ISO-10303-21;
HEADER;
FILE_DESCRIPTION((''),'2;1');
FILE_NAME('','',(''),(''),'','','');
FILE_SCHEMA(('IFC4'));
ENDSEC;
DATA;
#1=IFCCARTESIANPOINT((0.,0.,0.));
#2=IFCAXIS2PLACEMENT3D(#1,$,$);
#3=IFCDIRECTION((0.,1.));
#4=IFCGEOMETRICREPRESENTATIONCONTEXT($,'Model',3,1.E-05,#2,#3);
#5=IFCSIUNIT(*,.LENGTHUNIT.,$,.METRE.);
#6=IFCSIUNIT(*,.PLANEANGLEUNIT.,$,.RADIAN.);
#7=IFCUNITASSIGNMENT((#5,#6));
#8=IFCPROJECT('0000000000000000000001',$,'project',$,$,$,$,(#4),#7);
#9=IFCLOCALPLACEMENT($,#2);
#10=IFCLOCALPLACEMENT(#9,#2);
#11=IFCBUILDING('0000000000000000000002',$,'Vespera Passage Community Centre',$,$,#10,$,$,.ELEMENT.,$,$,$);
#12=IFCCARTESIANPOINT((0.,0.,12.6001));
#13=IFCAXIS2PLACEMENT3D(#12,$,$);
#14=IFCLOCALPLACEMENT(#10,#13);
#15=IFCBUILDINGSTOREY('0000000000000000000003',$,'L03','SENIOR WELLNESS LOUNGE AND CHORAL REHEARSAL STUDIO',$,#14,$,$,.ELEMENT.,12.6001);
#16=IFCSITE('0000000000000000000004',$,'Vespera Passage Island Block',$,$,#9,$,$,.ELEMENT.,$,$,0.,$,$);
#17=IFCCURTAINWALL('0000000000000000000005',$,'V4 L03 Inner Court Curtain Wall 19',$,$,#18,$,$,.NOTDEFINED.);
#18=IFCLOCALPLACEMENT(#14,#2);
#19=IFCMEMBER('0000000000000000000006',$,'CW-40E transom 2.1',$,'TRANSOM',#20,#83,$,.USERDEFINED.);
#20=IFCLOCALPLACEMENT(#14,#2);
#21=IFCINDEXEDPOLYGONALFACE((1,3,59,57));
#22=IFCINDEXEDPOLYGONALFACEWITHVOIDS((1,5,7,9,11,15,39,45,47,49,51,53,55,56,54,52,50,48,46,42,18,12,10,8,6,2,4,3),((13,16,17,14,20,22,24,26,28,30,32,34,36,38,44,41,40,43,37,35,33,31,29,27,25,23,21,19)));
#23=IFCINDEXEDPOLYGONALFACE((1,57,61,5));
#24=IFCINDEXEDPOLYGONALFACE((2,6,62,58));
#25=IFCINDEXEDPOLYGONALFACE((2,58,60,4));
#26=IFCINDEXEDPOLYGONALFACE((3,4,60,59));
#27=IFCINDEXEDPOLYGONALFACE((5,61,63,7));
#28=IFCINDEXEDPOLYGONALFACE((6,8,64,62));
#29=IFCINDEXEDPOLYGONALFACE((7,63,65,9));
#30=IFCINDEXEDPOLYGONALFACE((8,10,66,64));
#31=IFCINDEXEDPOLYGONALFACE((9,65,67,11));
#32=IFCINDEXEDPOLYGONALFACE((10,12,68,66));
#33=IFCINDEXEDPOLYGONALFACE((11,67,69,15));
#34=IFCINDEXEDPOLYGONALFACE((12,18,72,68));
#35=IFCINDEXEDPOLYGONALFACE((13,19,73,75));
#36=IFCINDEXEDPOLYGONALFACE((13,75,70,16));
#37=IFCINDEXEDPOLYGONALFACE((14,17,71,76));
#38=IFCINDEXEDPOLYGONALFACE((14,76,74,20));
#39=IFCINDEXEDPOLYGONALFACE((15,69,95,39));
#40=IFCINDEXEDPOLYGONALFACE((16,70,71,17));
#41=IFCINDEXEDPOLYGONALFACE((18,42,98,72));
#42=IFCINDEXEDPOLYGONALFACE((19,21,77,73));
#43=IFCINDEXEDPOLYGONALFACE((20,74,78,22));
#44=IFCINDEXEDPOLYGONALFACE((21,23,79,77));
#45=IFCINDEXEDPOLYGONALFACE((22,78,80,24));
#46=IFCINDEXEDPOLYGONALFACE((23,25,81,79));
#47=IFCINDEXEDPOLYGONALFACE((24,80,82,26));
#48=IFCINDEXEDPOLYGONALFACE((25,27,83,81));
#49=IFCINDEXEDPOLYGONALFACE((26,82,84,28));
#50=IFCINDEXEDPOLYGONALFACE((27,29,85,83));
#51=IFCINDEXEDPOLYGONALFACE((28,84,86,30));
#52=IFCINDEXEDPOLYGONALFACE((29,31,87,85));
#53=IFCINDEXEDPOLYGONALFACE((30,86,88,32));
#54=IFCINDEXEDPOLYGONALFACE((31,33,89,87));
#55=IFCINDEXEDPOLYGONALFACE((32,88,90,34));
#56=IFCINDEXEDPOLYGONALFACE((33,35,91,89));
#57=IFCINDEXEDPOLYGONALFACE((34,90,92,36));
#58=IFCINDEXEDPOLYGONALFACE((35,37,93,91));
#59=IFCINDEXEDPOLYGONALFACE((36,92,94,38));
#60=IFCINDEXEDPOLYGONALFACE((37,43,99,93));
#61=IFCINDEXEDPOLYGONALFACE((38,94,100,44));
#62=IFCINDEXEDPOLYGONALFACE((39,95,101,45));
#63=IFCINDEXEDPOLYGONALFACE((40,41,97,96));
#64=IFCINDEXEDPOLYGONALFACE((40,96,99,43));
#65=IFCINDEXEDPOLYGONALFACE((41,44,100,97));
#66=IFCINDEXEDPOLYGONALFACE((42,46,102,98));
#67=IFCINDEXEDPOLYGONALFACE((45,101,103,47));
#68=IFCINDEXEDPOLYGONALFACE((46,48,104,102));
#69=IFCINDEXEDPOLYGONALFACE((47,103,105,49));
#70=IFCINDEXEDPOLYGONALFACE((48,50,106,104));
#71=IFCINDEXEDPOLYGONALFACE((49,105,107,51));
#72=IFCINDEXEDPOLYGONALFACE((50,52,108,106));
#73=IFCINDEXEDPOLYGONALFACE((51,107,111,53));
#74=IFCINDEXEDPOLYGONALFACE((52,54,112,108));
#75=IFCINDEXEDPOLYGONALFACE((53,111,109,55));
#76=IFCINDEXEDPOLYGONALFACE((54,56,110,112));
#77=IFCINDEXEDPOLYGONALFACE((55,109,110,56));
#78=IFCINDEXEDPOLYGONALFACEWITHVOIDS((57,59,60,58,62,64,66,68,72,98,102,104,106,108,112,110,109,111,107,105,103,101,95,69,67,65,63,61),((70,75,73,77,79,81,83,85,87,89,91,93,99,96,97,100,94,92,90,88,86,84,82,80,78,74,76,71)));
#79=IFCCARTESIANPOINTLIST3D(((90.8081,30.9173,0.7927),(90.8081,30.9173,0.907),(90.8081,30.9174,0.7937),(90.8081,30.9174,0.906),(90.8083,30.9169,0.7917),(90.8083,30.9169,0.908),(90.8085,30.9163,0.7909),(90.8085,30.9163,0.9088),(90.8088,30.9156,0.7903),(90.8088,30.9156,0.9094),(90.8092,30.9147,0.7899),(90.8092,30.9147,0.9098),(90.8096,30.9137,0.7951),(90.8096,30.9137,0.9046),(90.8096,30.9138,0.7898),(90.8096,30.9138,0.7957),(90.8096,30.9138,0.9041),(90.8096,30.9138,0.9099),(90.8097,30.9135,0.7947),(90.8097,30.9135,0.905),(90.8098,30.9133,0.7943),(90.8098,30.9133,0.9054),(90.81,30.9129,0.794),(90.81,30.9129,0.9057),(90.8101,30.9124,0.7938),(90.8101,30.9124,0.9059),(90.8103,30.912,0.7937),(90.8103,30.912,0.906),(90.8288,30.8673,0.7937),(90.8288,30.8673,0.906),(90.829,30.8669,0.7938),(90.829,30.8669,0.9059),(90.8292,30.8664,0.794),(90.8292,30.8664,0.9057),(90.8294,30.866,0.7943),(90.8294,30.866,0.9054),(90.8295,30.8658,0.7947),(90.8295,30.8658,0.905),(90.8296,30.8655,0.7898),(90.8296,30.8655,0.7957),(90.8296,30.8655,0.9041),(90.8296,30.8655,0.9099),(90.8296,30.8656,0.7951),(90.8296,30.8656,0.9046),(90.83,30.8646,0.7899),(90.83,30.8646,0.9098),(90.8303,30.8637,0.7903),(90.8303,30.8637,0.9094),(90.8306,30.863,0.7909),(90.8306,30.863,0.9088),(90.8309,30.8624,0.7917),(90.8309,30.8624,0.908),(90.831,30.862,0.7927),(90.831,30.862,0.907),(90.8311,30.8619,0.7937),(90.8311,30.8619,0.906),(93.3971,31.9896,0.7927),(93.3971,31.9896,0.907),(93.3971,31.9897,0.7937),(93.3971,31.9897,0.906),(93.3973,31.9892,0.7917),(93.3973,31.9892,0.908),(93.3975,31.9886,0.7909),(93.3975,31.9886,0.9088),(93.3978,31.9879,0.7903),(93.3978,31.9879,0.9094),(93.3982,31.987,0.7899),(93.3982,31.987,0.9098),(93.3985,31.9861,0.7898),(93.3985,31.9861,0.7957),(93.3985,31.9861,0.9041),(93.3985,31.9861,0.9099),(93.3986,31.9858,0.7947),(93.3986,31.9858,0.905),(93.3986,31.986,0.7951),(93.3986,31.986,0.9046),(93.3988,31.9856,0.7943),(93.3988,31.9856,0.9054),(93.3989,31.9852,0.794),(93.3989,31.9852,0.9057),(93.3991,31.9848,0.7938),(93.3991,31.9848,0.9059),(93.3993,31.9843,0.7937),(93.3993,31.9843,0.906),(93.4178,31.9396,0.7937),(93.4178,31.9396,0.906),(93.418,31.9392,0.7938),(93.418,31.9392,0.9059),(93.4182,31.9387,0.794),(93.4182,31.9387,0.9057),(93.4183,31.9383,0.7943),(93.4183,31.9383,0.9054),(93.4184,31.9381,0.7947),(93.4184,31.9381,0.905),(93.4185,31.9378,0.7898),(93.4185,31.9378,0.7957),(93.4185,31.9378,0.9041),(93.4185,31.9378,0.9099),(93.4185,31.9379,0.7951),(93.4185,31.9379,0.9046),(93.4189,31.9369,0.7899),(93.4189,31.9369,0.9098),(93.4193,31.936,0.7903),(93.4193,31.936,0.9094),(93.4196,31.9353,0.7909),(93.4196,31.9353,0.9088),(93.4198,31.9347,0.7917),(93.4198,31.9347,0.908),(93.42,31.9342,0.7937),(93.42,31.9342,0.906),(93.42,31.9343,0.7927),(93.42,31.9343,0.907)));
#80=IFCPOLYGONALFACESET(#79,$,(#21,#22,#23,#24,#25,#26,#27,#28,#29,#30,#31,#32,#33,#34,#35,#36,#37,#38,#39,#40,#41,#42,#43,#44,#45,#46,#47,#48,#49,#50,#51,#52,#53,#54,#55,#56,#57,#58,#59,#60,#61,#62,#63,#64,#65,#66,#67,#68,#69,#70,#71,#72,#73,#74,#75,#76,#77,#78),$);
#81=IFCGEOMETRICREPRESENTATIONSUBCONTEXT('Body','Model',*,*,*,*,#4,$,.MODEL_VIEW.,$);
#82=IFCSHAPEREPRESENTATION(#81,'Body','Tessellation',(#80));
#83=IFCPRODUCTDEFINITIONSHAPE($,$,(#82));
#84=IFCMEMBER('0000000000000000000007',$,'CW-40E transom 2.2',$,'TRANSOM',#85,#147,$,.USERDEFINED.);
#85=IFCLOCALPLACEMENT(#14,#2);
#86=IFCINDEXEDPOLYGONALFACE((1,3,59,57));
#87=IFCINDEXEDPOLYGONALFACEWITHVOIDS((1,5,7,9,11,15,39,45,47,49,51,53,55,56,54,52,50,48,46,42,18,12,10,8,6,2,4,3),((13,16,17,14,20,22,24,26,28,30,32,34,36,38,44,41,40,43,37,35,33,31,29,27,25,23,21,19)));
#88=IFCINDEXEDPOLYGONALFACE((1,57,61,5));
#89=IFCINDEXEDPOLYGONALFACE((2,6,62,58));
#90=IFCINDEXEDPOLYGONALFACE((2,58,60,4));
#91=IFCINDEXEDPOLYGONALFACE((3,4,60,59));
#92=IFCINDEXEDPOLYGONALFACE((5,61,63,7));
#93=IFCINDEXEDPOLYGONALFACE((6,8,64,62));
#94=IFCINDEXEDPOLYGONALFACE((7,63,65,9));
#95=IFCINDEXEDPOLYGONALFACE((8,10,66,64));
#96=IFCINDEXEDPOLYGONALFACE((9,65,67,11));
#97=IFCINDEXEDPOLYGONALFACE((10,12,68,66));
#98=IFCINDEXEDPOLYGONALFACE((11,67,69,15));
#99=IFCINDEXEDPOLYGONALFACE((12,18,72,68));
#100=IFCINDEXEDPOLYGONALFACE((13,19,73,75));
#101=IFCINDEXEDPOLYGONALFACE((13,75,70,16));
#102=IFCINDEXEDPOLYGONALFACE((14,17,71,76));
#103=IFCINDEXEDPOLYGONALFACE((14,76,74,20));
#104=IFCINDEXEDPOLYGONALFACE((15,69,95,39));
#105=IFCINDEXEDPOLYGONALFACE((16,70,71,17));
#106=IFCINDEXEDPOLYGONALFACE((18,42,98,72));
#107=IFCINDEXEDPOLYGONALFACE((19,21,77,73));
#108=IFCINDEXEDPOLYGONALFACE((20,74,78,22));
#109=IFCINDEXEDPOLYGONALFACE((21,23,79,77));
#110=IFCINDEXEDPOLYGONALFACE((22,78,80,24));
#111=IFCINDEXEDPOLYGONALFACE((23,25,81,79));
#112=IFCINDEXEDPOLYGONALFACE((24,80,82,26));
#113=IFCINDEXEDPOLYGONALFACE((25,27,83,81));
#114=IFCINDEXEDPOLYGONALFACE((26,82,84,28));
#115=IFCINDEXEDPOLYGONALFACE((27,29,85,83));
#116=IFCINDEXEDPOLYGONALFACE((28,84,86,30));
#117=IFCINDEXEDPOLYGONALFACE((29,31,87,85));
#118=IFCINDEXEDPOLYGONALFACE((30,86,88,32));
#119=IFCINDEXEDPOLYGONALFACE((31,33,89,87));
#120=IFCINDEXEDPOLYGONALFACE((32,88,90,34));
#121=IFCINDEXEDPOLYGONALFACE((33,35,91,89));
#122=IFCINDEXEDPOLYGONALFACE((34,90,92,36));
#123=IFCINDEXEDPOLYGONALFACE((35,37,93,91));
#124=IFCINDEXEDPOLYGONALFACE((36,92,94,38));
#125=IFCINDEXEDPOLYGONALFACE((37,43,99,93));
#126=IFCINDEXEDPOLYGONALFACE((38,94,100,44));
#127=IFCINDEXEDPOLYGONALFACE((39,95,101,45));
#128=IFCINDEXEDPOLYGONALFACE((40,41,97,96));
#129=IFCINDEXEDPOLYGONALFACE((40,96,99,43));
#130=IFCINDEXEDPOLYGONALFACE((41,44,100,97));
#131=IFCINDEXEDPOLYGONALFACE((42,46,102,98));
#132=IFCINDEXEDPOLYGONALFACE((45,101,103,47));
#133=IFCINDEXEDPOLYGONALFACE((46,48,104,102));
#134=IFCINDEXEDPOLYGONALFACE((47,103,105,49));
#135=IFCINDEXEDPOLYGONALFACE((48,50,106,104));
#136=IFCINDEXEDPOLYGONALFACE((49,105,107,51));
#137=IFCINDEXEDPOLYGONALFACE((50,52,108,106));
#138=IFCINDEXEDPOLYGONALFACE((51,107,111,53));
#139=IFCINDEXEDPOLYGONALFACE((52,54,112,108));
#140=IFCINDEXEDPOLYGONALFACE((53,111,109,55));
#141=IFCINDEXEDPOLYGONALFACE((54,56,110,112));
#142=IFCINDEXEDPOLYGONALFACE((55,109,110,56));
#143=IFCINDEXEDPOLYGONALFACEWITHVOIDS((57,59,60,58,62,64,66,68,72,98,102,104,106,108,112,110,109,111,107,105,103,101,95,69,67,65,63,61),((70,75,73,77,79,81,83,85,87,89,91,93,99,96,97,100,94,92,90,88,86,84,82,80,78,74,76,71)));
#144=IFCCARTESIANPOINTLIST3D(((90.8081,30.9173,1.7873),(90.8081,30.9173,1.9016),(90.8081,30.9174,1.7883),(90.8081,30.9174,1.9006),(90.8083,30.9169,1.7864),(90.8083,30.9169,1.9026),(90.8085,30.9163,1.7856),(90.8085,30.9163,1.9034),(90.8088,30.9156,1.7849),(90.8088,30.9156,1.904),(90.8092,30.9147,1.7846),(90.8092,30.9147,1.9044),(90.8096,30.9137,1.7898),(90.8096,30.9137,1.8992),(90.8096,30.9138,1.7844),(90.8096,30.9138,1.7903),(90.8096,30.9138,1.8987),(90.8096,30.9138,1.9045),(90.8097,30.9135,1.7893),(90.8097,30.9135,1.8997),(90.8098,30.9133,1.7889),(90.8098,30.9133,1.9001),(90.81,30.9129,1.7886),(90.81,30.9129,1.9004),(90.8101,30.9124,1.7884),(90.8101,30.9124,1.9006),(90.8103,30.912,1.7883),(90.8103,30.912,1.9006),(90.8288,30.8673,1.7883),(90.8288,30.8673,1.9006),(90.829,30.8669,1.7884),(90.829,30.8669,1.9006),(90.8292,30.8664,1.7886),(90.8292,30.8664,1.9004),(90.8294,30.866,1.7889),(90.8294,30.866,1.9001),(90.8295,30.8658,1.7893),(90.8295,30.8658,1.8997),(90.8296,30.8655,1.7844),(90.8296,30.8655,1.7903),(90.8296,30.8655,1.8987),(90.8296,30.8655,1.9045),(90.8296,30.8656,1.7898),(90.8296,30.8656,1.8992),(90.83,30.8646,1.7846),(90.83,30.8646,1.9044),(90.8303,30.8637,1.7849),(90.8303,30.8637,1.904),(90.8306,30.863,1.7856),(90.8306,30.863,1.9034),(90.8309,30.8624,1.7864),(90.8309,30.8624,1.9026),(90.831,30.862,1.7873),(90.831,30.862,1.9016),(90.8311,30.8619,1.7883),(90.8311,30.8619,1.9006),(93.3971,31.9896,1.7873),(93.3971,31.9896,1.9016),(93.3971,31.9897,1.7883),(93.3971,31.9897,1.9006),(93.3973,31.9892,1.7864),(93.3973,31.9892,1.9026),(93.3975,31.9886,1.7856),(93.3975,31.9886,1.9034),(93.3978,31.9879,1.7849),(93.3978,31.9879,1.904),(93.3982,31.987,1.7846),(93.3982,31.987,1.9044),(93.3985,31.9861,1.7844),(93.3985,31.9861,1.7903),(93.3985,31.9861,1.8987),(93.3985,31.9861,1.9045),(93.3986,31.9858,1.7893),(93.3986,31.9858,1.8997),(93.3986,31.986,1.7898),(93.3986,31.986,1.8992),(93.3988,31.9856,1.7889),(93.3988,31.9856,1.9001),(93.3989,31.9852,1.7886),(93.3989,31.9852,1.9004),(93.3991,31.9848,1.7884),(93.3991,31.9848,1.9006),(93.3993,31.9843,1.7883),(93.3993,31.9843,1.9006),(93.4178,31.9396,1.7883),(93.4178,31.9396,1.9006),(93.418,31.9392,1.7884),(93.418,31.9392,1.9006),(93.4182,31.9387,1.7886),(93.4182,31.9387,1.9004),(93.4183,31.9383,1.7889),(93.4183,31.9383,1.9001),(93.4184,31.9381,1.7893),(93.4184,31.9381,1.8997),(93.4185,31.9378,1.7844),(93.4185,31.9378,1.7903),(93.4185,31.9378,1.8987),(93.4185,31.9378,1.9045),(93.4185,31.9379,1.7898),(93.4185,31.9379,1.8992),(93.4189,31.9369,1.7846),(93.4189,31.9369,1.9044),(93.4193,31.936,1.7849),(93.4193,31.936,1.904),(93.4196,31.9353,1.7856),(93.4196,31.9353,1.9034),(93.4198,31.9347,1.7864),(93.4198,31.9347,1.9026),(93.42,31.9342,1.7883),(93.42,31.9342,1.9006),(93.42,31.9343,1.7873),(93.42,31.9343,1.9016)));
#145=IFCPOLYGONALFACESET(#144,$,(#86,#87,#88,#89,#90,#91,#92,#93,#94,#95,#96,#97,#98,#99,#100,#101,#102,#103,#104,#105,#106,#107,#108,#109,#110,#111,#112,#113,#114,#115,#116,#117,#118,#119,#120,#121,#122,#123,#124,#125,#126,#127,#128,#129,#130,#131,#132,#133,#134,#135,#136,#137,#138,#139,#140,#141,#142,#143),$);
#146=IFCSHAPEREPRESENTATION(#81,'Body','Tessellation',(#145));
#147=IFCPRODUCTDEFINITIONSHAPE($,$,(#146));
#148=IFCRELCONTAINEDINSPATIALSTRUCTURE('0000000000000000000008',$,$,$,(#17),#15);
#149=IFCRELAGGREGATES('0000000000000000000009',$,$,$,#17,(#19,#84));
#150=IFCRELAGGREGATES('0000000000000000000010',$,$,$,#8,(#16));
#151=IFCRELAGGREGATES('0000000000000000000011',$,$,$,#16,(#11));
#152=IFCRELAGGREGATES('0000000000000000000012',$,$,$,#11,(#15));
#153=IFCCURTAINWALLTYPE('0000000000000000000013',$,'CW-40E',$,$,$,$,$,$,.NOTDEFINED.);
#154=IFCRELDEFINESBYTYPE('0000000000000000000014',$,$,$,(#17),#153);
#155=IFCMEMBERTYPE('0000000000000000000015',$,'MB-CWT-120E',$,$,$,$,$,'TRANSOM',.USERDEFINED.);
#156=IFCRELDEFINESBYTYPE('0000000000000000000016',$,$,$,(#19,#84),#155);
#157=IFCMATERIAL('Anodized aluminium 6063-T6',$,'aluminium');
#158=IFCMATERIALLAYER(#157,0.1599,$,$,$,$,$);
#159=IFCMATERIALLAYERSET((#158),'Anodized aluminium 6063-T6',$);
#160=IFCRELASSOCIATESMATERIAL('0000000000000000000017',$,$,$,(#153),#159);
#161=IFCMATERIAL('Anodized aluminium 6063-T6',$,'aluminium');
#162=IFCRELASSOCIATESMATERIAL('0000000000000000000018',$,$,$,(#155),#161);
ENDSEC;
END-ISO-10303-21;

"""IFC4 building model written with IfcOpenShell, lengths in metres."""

from ifc_helpers import new_model, si_unit, direction, frame, origin, origin_2d, place, context, subcontext, project, spatial, hollow_rectangle, extrude, material, layer, layer_set, material_profile, profile_set, type_object, element, aggregate, save


model = new_model("IFC4")

# Units and contexts
model_context = context("Model", 3, precision=1e-05, world=origin(), true_north=direction((0.0, 1.0)))
body_context = subcontext(model_context, "Body", "Model", "MODEL_VIEW")
ifc_project = project(units=[si_unit("LENGTHUNIT", "METRE"), si_unit("PLANEANGLEUNIT", "RADIAN")], contexts=[model_context])

# Site, building, storey
site_placement = place(None, origin())
site = spatial("IfcSite", under=ifc_project, at=site_placement, Name="Vespera Passage Island Block", CompositionType="ELEMENT", RefElevation=0.0)
building_placement = place(site_placement, origin())
building = spatial("IfcBuilding", under=site, at=building_placement, Name="Vespera Passage Community Centre", CompositionType="ELEMENT")
storey_placement = place(building_placement, frame((0.0, 0.0, 12.6001)))
storey = spatial("IfcBuildingStorey", under=building, at=storey_placement, Name="L03", Description="SENIOR WELLNESS LOUNGE AND CHORAL REHEARSAL STUDIO", CompositionType="ELEMENT", Elevation=12.6001)

# Curtain wall
ifc_material_1 = material(Name="Anodized aluminium 6063-T6", Category="aluminium")
ifc_layer_1 = layer(ifc_material_1, 0.1599)
ifc_layer_set_1 = layer_set([ifc_layer_1], Name="Anodized aluminium 6063-T6")
curtain_wall_type = type_object("IfcCurtainWallType", Name="CW-40E", PredefinedType="NOTDEFINED", material=ifc_layer_set_1)
curtain_wall_1_placement = place(storey_placement, origin())
curtain_wall_1 = element("IfcCurtainWall", 1, at=curtain_wall_1_placement, inside=storey, type_object=curtain_wall_type, Name="V4 L03 Inner Court Curtain Wall 19", PredefinedType="NOTDEFINED")

# Members
ifc_material_2 = material(Name="Anodized aluminium 6063-T6", Category="aluminium")
ifc_material_profile_1 = material_profile(ifc_material_2, hollow_rectangle(XDim=0.0601, YDim=0.1201, WallThickness=0.0039, InnerFilletRadius=0.002, OuterFilletRadius=0.0039, at=origin_2d()), Name="ALU120X60X4")
ifc_profile_set_1 = profile_set([ifc_material_profile_1], Name="Anodized aluminium 6063-T6")
member_type_1 = type_object("IfcMemberType", Name="MB-CWT-120E", ElementType="TRANSOM", PredefinedType="USERDEFINED", material=ifc_profile_set_1)
member_1_placement = place(storey_placement, frame((90.8196, 30.8896, 0.8499), z_axis=(0.923889, 0.38266, 0.0), x_axis=(-0.38266, 0.923889, 0.0)))
member_1 = element("IfcMember", 2, at=member_1_placement, type_object=member_type_1, Name="CW-40E transom 2.1", ObjectType="TRANSOM", PredefinedType="USERDEFINED", context=body_context, shape_type="SweptSolid", body=[
    extrude(hollow_rectangle(XDim=0.0601, YDim=0.1201, WallThickness=0.0039, InnerFilletRadius=0.002, OuterFilletRadius=0.0039, at=origin_2d()), origin(), (0.0, 0.0, 1.0), 2.8022),
])
member_2_placement = place(storey_placement, frame((90.8196, 30.8896, 1.8445), z_axis=(0.923889, 0.38266, 0.0), x_axis=(-0.38266, 0.923889, 0.0)))
member_2 = element("IfcMember", 3, at=member_2_placement, type_object=member_type_1, Name="CW-40E transom 2.2", ObjectType="TRANSOM", PredefinedType="USERDEFINED", context=body_context, shape_type="SweptSolid", body=[
    extrude(hollow_rectangle(XDim=0.0601, YDim=0.1201, WallThickness=0.0039, InnerFilletRadius=0.002, OuterFilletRadius=0.0039, at=origin_2d()), origin(), (0.0, 0.0, 1.0), 2.8022),
])

aggregate(curtain_wall_1, [member_1, member_2])

save(model, "model.ifc")
